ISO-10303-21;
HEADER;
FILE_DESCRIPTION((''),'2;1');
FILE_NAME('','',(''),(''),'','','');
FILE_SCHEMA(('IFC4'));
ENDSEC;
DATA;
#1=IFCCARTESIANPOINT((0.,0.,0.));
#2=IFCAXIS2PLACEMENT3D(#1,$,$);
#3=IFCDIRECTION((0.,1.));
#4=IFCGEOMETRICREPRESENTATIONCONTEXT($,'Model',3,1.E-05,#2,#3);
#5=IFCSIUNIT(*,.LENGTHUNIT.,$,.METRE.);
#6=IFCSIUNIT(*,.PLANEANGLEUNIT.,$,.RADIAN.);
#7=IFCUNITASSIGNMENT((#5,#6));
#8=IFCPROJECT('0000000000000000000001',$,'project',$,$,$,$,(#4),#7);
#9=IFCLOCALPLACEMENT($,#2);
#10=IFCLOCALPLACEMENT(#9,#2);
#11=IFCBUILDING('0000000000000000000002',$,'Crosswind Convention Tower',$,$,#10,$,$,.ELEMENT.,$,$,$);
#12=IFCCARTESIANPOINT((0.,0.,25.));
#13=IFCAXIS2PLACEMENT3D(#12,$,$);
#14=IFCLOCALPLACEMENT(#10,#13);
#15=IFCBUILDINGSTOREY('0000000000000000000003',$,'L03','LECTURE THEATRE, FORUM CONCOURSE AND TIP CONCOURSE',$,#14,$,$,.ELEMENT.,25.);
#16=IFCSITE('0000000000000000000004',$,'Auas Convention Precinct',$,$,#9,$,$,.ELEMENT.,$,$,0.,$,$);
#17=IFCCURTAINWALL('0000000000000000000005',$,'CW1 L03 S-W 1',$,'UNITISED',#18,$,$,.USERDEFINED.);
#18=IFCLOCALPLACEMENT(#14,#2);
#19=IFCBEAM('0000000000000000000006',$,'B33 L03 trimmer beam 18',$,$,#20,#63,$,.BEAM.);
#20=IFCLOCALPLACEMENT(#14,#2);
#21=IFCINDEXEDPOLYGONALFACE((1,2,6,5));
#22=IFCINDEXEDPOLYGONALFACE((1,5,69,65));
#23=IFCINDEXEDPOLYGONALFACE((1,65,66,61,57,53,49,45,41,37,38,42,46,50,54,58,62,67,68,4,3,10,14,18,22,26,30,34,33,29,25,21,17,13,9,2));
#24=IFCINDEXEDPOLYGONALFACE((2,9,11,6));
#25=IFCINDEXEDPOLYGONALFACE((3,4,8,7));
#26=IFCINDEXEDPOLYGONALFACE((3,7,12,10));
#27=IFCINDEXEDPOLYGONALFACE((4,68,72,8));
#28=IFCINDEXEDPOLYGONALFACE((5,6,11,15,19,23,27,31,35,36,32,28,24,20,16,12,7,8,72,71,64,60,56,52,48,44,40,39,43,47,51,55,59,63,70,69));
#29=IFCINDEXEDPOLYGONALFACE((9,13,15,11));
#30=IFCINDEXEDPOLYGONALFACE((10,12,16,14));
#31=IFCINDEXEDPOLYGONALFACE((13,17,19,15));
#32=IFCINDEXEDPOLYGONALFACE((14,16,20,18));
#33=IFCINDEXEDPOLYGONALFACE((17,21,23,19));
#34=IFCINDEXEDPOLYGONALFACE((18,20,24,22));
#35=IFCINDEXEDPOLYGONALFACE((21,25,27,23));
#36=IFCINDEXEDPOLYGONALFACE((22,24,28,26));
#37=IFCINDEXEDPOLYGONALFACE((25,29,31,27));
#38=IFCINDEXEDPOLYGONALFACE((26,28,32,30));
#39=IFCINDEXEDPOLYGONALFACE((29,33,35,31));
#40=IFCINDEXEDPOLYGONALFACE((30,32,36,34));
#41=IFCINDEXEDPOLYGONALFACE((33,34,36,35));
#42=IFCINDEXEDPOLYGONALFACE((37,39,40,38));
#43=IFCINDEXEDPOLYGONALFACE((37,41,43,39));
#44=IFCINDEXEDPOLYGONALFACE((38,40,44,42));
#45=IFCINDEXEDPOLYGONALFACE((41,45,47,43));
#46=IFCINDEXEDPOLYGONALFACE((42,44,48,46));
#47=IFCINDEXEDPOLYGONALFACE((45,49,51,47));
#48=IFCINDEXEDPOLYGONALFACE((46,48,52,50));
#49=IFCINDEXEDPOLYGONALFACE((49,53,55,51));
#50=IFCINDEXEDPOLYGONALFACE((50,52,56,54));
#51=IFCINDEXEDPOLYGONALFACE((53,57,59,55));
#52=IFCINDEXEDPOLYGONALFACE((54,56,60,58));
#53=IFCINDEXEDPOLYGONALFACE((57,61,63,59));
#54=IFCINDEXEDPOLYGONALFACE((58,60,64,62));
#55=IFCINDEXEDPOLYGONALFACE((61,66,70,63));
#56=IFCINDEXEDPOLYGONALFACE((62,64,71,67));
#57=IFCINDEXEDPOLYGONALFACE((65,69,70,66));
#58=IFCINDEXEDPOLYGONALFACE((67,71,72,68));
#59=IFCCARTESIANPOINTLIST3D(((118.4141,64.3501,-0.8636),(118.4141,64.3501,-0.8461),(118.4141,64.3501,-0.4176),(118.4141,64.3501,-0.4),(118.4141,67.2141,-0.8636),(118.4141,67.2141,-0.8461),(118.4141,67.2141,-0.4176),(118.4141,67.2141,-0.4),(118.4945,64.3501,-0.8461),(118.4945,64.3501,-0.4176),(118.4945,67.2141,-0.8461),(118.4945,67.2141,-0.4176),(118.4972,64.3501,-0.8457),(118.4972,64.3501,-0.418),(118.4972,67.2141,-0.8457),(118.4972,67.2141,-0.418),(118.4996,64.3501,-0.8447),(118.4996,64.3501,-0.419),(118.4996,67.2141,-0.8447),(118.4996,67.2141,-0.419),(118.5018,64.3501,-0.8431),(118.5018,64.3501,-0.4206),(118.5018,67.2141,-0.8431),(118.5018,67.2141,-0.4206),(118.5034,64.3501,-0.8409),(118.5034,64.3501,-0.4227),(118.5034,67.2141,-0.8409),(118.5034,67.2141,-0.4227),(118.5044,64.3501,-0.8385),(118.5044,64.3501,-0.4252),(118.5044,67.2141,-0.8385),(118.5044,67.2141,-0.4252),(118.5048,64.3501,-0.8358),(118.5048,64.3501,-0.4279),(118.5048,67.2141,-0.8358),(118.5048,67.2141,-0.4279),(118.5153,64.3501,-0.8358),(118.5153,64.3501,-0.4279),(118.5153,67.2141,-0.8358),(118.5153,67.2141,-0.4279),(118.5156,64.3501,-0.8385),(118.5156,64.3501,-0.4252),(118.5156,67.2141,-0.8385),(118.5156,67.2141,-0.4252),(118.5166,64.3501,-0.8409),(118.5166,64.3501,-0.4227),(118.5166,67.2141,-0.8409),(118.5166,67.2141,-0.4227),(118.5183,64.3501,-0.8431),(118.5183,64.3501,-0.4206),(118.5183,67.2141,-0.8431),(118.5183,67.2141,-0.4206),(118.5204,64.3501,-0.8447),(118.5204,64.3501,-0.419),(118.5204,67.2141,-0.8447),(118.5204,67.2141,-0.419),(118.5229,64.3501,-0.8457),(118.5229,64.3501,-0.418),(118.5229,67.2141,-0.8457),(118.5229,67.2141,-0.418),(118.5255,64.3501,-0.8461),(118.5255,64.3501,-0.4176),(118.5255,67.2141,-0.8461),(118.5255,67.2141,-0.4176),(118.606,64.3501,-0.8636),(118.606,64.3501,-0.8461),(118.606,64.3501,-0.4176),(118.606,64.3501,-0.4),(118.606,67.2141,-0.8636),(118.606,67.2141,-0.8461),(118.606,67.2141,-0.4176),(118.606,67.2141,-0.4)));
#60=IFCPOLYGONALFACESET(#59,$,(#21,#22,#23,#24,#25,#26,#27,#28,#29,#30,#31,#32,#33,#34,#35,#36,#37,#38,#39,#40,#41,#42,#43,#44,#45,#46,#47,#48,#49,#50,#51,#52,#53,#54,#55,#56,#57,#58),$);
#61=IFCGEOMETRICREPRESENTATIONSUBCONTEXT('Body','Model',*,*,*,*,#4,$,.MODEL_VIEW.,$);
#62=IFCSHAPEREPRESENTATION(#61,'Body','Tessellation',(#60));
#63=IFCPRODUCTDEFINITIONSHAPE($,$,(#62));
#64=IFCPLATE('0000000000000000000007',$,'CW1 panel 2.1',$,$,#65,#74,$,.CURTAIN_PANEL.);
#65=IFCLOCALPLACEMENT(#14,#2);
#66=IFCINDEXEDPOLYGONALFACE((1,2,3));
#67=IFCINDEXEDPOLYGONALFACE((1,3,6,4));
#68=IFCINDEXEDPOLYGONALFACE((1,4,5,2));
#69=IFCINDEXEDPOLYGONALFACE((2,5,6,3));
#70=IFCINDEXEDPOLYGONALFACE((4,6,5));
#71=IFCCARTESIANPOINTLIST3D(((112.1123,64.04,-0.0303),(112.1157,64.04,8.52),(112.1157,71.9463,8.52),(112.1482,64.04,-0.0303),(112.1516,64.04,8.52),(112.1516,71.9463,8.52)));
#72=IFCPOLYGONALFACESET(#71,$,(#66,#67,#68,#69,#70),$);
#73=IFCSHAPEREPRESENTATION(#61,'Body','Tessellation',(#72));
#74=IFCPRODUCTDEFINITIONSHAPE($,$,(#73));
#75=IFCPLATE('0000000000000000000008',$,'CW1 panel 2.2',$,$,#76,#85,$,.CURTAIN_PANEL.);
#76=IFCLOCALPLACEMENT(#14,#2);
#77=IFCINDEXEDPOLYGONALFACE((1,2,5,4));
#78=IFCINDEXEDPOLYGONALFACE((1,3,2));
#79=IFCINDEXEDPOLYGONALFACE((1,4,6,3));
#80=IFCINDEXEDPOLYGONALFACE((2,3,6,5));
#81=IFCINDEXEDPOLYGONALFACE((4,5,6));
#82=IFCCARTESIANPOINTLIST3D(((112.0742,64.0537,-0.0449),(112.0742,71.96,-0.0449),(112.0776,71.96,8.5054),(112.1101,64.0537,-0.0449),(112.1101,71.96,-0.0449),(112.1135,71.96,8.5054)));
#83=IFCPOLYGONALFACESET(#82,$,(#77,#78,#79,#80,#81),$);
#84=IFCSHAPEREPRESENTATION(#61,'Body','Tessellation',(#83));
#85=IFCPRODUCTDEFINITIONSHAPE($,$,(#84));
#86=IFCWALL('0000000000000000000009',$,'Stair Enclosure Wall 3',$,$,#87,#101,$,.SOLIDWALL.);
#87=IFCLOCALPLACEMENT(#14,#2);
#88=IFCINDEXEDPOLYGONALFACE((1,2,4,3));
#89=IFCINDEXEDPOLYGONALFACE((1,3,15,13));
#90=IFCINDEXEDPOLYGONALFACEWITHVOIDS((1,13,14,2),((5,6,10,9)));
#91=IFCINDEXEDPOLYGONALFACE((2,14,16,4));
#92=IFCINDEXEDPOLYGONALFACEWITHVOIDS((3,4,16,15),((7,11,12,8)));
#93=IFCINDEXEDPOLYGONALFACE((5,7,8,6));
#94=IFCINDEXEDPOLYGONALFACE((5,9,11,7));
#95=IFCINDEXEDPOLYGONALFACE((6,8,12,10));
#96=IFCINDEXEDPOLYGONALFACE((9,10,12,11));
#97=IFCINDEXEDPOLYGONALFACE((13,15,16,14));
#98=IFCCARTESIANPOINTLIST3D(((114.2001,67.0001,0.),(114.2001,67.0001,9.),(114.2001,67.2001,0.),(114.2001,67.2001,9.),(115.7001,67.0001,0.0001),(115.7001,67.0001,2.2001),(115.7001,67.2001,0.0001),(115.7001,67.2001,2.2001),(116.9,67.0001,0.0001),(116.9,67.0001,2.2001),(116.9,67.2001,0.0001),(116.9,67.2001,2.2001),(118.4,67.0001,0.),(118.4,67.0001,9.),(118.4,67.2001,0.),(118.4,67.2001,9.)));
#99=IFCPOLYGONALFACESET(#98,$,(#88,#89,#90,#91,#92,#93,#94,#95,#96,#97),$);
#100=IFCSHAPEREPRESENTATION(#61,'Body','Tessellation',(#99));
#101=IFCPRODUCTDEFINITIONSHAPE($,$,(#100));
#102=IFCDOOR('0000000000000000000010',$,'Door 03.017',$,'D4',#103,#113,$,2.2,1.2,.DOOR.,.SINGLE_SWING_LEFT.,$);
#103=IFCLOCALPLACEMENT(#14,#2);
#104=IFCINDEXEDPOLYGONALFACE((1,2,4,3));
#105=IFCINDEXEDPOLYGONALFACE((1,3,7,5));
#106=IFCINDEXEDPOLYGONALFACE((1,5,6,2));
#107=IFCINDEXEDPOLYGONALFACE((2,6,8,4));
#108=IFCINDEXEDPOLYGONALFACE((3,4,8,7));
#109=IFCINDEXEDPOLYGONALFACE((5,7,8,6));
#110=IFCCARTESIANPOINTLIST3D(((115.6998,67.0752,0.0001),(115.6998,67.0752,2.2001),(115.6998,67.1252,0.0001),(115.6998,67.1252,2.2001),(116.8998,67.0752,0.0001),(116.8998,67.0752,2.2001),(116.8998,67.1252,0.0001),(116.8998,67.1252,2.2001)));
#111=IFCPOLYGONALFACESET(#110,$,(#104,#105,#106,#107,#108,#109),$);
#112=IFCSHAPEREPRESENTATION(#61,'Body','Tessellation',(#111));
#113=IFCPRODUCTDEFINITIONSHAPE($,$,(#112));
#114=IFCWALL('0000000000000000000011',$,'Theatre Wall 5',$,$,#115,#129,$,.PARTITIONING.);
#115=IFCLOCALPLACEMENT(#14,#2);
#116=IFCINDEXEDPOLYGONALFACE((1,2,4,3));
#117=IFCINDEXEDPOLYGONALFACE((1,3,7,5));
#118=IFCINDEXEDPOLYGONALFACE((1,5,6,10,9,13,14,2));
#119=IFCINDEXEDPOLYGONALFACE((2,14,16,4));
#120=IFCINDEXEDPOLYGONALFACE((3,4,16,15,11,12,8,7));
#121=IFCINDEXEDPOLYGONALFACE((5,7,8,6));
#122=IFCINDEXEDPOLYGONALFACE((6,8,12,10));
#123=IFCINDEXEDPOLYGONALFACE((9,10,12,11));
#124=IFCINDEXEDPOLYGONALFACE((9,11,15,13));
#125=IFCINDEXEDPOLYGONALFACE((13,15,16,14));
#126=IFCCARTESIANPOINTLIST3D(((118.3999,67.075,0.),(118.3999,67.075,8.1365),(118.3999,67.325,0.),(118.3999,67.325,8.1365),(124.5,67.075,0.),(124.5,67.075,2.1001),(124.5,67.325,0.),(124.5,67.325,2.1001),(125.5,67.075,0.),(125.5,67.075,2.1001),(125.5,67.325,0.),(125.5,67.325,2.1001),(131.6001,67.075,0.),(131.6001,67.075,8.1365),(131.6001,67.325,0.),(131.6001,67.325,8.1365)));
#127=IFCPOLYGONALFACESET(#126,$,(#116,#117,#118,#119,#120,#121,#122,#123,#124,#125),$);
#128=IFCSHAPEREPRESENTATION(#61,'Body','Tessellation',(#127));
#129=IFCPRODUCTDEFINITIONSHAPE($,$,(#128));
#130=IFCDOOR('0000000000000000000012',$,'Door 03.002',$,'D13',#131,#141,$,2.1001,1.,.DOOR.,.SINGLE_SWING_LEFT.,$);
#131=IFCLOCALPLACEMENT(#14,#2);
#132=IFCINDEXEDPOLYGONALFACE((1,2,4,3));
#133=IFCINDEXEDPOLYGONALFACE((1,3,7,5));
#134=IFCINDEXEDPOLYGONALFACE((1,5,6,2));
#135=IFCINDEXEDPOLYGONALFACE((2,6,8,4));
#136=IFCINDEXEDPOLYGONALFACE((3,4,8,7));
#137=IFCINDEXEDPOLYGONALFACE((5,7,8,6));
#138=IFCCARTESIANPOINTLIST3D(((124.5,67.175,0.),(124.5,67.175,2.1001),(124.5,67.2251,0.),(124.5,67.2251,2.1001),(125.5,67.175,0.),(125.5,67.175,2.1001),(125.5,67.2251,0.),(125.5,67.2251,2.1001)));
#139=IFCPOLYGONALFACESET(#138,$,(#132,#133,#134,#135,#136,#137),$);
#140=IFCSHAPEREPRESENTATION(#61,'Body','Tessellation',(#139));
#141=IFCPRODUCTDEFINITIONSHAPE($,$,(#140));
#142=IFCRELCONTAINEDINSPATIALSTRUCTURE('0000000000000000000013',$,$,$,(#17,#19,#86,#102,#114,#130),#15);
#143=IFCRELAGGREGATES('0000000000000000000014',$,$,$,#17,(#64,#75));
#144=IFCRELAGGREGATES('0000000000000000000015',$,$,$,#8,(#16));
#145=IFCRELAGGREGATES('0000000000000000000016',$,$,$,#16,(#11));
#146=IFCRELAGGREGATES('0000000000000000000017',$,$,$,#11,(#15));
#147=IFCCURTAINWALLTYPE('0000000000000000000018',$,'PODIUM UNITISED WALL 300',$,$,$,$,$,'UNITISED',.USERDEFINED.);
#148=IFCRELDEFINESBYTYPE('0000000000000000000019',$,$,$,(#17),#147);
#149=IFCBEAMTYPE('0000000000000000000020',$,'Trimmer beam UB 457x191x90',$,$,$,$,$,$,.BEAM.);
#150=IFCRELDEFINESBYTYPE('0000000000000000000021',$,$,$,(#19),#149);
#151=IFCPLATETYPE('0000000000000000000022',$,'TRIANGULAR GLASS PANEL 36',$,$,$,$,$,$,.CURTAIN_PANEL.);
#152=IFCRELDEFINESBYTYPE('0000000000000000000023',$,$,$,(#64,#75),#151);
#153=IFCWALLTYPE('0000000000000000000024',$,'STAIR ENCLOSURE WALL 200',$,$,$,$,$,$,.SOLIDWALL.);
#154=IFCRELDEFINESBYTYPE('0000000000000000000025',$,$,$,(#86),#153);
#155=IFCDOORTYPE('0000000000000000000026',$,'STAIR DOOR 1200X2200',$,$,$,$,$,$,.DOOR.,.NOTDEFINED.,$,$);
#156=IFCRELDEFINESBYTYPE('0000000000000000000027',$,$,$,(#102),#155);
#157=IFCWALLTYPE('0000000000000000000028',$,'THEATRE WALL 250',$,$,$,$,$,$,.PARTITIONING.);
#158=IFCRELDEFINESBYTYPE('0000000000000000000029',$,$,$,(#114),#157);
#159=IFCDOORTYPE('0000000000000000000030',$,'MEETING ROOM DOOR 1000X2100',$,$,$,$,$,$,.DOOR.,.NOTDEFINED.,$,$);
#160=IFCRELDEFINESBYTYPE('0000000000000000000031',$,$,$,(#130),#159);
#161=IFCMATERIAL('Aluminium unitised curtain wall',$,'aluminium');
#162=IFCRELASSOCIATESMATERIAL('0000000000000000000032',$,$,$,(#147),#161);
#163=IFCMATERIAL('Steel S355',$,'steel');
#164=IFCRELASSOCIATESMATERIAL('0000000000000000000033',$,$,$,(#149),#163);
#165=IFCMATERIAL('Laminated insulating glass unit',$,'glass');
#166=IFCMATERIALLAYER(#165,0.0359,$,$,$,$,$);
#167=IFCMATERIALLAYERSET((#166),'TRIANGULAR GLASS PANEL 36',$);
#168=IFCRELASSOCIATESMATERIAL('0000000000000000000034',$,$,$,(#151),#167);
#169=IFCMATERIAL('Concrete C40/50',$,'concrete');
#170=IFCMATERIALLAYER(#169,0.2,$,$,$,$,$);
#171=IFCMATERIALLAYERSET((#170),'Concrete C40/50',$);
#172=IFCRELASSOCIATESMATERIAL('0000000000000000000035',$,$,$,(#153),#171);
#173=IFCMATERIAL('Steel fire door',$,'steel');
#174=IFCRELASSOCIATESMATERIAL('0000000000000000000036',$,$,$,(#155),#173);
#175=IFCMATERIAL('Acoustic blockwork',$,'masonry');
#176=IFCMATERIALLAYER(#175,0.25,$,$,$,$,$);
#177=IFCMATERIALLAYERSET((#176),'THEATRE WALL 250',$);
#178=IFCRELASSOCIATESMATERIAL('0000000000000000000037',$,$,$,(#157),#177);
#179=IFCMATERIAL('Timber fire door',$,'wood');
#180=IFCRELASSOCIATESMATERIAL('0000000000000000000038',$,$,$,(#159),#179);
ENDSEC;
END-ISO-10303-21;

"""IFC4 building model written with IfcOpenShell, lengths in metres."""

from ifc_helpers import new_model, si_unit, direction, frame, frame_2d, origin, origin_2d, place, context, subcontext, project, spatial, polyline, rectangle, i_section, outline, extrude, material, layer, layer_set, material_profile, profile_set, type_object, element, fill, aggregate, save


model = new_model("IFC4")

# Units and contexts
model_context = context("Model", 3, precision=1e-05, world=origin(), true_north=direction((0.0, 1.0)))
body_context = subcontext(model_context, "Body", "Model", "MODEL_VIEW")
ifc_project = project(units=[si_unit("LENGTHUNIT", "METRE"), si_unit("PLANEANGLEUNIT", "RADIAN")], contexts=[model_context])

# Site, building, storey
site_placement = place(None, origin())
site = spatial("IfcSite", under=ifc_project, at=site_placement, Name="Auas Convention Precinct", CompositionType="ELEMENT", RefElevation=0.0)
building_placement = place(site_placement, origin())
building = spatial("IfcBuilding", under=site, at=building_placement, Name="Crosswind Convention Tower", CompositionType="ELEMENT")
storey_placement = place(building_placement, frame((0.0, 0.0, 25.0)))
storey = spatial("IfcBuildingStorey", under=building, at=storey_placement, Name="L03", Description="LECTURE THEATRE, FORUM CONCOURSE AND TIP CONCOURSE", CompositionType="ELEMENT", Elevation=25.0)

# Shared definitions
ifc_material_1 = material(Name="Steel S355", Category="steel")

# Curtain wall
ifc_material_2 = material(Name="Aluminium unitised curtain wall", Category="aluminium")
curtain_wall_type = type_object("IfcCurtainWallType", Name="PODIUM UNITISED WALL 300", ElementType="UNITISED", PredefinedType="USERDEFINED", material=ifc_material_2)
curtain_wall_placement = place(storey_placement, origin())
curtain_wall = element("IfcCurtainWall", 1, at=curtain_wall_placement, inside=storey, type_object=curtain_wall_type, Name="CW1 L03 S-W 1", ObjectType="UNITISED", PredefinedType="USERDEFINED")

# Beam
ifc_material_profile_1 = material_profile(ifc_material_1, i_section(OverallWidth=0.1919, OverallDepth=0.4636, WebThickness=0.0105, FlangeThickness=0.0176, FilletRadius=0.0103, at=origin_2d()), Name="UB 457x191x90")
ifc_profile_set_1 = profile_set([ifc_material_profile_1], Name="Steel S355")
beam_type_1 = type_object("IfcBeamType", Name="Trimmer beam UB 457x191x90", PredefinedType="BEAM", material=ifc_profile_set_1)
beam_1_placement = place(storey_placement, frame((118.51, 67.2141, -0.6318), z_axis=(0.0, -1.0, 0.0), x_axis=(1.0, 0.0, 0.0)))
element("IfcBeam", 2, at=beam_1_placement, inside=storey, type_object=beam_type_1, Name="B33 L03 trimmer beam 18", PredefinedType="BEAM", context=body_context, shape_type="SweptSolid", body=[
    extrude(i_section(OverallWidth=0.1919, OverallDepth=0.4636, WebThickness=0.0105, FlangeThickness=0.0176, FilletRadius=0.0103, at=origin_2d()), origin(), (0.0, 0.0, 1.0), 2.864),
])

# Plates
ifc_material_3 = material(Name="Laminated insulating glass unit", Category="glass")
ifc_layer_1 = layer(ifc_material_3, 0.0359)
ifc_layer_set_1 = layer_set([ifc_layer_1], Name="TRIANGULAR GLASS PANEL 36")
plate_type = type_object("IfcPlateType", Name="TRIANGULAR GLASS PANEL 36", PredefinedType="CURTAIN_PANEL", material=ifc_layer_set_1)
plate_1_placement = place(storey_placement, frame((112.1157, 64.04, 8.52), z_axis=(-1.0, 0.0, 0.0004), x_axis=(0.0, 1.0, 0.0)))
plate_1 = element("IfcPlate", 3, at=plate_1_placement, type_object=plate_type, Name="CW1 panel 2.1", PredefinedType="CURTAIN_PANEL", context=body_context, shape_type="SweptSolid", body=[
    extrude(outline(polyline([(0.0, 0.0), (7.9062, 0.0), (0.0, 8.5503), (0.0, 0.0)])), origin(), (0.0, 0.0, -1.0), 0.0359),
])
plate_2_placement = place(storey_placement, frame((112.0742, 71.96, -0.0449), z_axis=(-1.0, 0.0, 0.0004), x_axis=(0.0, -1.0, 0.0)))
plate_2 = element("IfcPlate", 4, at=plate_2_placement, type_object=plate_type, Name="CW1 panel 2.2", PredefinedType="CURTAIN_PANEL", context=body_context, shape_type="SweptSolid", body=[
    extrude(outline(polyline([(0.0, 0.0), (7.9062, 0.0), (0.0, 8.5503), (0.0, 0.0)])), origin(), (0.0, 0.0, -1.0), 0.0359),
])
aggregate(curtain_wall, [plate_1, plate_2])

# Walls, openings, doors
ifc_material_4 = material(Name="Concrete C40/50", Category="concrete")
ifc_layer_2 = layer(ifc_material_4, 0.2)
ifc_layer_set_2 = layer_set([ifc_layer_2], Name="Concrete C40/50")
wall_type_1 = type_object("IfcWallType", Name="STAIR ENCLOSURE WALL 200", PredefinedType="SOLIDWALL", material=ifc_layer_set_2)
wall_1_placement = place(storey_placement, frame((114.2, 67.1001, 0.0), z_axis=(0.0, 0.0, 1.0), x_axis=(1.0, 0.0, 0.0)))
wall_1 = element("IfcWall", 5, at=wall_1_placement, inside=storey, type_object=wall_type_1, Name="Stair Enclosure Wall 3", PredefinedType="SOLIDWALL", context=body_context, shape_type="SweptSolid", body=[
    extrude(rectangle(XDim=4.2, YDim=0.2, at=frame_2d((2.1001, 0.0))), origin(), (0.0, 0.0, 1.0), 9.0),
])
opening_1_placement = place(wall_1_placement, frame((1.5, 0.0, 0.0)))
opening_1 = element("IfcOpeningElement", 6, at=opening_1_placement, cuts=wall_1, PredefinedType="OPENING", context=body_context, shape_type="SweptSolid", body=[
    extrude(rectangle(XDim=1.2, YDim=2.2, at=frame_2d((0.6001, 1.1001))), frame((0.0, 0.1099, 0.0), z_axis=(0.0, -1.0, 0.0), x_axis=(1.0, 0.0, 0.0)), (0.0, 0.0, 1.0), 0.22),
])
ifc_material_5 = material(Name="Steel fire door", Category="steel")
door_type_1 = type_object("IfcDoorType", Name="STAIR DOOR 1200X2200", OperationType="NOTDEFINED", PredefinedType="DOOR", material=ifc_material_5)
door_1_placement = place(opening_1_placement, frame((1.2, 0.0, 0.0), z_axis=(0.0, 0.0, 1.0), x_axis=(-1.0, 0.0, 0.0)))
door_1 = element("IfcDoor", 7, at=door_1_placement, inside=storey, type_object=door_type_1, Name="Door 03.017", ObjectType="D4", OperationType="SINGLE_SWING_LEFT", OverallHeight=2.2, OverallWidth=1.2, PredefinedType="DOOR", context=body_context, shape_type="SweptSolid", body=[
    extrude(rectangle(XDim=1.2, YDim=2.2, at=frame_2d((0.6001, 1.1001))), frame((0.0, 0.0249, 0.0), z_axis=(0.0, -1.0, 0.0), x_axis=(1.0, 0.0, 0.0)), (0.0, 0.0, 1.0), 0.05),
])
fill(opening_1, door_1)
ifc_material_6 = material(Name="Acoustic blockwork", Category="masonry")
ifc_layer_3 = layer(ifc_material_6, 0.25)
ifc_layer_set_3 = layer_set([ifc_layer_3], Name="THEATRE WALL 250")
wall_type_2 = type_object("IfcWallType", Name="THEATRE WALL 250", PredefinedType="PARTITIONING", material=ifc_layer_set_3)
wall_2_placement = place(storey_placement, frame((118.3999, 67.2, 0.0), z_axis=(0.0, 0.0, 1.0), x_axis=(1.0, 0.0, 0.0)))
wall_2 = element("IfcWall", 8, at=wall_2_placement, inside=storey, type_object=wall_type_2, Name="Theatre Wall 5", PredefinedType="PARTITIONING", context=body_context, shape_type="SweptSolid", body=[
    extrude(rectangle(XDim=13.2002, YDim=0.25, at=frame_2d((6.6001, 0.0))), origin(), (0.0, 0.0, 1.0), 8.1365),
])
opening_2_placement = place(wall_2_placement, frame((6.1001, 0.0, 0.0)))
opening_2 = element("IfcOpeningElement", 9, at=opening_2_placement, cuts=wall_2, PredefinedType="OPENING", context=body_context, shape_type="SweptSolid", body=[
    extrude(rectangle(XDim=1.0, YDim=2.1001, at=frame_2d((0.5, 1.05))), frame((0.0, 0.135, 0.0), z_axis=(0.0, -1.0, 0.0), x_axis=(1.0, 0.0, 0.0)), (0.0, 0.0, 1.0), 0.27),
])
ifc_material_7 = material(Name="Timber fire door", Category="wood")
door_type_2 = type_object("IfcDoorType", Name="MEETING ROOM DOOR 1000X2100", OperationType="NOTDEFINED", PredefinedType="DOOR", material=ifc_material_7)
door_2_placement = place(opening_2_placement, frame((1.0, 0.0, 0.0), z_axis=(0.0, 0.0, 1.0), x_axis=(-1.0, 0.0, 0.0)))
door_2 = element("IfcDoor", 10, at=door_2_placement, inside=storey, type_object=door_type_2, Name="Door 03.002", ObjectType="D13", OperationType="SINGLE_SWING_LEFT", OverallHeight=2.1001, OverallWidth=1.0, PredefinedType="DOOR", context=body_context, shape_type="SweptSolid", body=[
    extrude(rectangle(XDim=1.0, YDim=2.1001, at=frame_2d((0.5, 1.05))), frame((0.0, 0.0249, 0.0), z_axis=(0.0, -1.0, 0.0), x_axis=(1.0, 0.0, 0.0)), (0.0, 0.0, 1.0), 0.05),
])
fill(opening_2, door_2)

save(model, "model.ifc")
